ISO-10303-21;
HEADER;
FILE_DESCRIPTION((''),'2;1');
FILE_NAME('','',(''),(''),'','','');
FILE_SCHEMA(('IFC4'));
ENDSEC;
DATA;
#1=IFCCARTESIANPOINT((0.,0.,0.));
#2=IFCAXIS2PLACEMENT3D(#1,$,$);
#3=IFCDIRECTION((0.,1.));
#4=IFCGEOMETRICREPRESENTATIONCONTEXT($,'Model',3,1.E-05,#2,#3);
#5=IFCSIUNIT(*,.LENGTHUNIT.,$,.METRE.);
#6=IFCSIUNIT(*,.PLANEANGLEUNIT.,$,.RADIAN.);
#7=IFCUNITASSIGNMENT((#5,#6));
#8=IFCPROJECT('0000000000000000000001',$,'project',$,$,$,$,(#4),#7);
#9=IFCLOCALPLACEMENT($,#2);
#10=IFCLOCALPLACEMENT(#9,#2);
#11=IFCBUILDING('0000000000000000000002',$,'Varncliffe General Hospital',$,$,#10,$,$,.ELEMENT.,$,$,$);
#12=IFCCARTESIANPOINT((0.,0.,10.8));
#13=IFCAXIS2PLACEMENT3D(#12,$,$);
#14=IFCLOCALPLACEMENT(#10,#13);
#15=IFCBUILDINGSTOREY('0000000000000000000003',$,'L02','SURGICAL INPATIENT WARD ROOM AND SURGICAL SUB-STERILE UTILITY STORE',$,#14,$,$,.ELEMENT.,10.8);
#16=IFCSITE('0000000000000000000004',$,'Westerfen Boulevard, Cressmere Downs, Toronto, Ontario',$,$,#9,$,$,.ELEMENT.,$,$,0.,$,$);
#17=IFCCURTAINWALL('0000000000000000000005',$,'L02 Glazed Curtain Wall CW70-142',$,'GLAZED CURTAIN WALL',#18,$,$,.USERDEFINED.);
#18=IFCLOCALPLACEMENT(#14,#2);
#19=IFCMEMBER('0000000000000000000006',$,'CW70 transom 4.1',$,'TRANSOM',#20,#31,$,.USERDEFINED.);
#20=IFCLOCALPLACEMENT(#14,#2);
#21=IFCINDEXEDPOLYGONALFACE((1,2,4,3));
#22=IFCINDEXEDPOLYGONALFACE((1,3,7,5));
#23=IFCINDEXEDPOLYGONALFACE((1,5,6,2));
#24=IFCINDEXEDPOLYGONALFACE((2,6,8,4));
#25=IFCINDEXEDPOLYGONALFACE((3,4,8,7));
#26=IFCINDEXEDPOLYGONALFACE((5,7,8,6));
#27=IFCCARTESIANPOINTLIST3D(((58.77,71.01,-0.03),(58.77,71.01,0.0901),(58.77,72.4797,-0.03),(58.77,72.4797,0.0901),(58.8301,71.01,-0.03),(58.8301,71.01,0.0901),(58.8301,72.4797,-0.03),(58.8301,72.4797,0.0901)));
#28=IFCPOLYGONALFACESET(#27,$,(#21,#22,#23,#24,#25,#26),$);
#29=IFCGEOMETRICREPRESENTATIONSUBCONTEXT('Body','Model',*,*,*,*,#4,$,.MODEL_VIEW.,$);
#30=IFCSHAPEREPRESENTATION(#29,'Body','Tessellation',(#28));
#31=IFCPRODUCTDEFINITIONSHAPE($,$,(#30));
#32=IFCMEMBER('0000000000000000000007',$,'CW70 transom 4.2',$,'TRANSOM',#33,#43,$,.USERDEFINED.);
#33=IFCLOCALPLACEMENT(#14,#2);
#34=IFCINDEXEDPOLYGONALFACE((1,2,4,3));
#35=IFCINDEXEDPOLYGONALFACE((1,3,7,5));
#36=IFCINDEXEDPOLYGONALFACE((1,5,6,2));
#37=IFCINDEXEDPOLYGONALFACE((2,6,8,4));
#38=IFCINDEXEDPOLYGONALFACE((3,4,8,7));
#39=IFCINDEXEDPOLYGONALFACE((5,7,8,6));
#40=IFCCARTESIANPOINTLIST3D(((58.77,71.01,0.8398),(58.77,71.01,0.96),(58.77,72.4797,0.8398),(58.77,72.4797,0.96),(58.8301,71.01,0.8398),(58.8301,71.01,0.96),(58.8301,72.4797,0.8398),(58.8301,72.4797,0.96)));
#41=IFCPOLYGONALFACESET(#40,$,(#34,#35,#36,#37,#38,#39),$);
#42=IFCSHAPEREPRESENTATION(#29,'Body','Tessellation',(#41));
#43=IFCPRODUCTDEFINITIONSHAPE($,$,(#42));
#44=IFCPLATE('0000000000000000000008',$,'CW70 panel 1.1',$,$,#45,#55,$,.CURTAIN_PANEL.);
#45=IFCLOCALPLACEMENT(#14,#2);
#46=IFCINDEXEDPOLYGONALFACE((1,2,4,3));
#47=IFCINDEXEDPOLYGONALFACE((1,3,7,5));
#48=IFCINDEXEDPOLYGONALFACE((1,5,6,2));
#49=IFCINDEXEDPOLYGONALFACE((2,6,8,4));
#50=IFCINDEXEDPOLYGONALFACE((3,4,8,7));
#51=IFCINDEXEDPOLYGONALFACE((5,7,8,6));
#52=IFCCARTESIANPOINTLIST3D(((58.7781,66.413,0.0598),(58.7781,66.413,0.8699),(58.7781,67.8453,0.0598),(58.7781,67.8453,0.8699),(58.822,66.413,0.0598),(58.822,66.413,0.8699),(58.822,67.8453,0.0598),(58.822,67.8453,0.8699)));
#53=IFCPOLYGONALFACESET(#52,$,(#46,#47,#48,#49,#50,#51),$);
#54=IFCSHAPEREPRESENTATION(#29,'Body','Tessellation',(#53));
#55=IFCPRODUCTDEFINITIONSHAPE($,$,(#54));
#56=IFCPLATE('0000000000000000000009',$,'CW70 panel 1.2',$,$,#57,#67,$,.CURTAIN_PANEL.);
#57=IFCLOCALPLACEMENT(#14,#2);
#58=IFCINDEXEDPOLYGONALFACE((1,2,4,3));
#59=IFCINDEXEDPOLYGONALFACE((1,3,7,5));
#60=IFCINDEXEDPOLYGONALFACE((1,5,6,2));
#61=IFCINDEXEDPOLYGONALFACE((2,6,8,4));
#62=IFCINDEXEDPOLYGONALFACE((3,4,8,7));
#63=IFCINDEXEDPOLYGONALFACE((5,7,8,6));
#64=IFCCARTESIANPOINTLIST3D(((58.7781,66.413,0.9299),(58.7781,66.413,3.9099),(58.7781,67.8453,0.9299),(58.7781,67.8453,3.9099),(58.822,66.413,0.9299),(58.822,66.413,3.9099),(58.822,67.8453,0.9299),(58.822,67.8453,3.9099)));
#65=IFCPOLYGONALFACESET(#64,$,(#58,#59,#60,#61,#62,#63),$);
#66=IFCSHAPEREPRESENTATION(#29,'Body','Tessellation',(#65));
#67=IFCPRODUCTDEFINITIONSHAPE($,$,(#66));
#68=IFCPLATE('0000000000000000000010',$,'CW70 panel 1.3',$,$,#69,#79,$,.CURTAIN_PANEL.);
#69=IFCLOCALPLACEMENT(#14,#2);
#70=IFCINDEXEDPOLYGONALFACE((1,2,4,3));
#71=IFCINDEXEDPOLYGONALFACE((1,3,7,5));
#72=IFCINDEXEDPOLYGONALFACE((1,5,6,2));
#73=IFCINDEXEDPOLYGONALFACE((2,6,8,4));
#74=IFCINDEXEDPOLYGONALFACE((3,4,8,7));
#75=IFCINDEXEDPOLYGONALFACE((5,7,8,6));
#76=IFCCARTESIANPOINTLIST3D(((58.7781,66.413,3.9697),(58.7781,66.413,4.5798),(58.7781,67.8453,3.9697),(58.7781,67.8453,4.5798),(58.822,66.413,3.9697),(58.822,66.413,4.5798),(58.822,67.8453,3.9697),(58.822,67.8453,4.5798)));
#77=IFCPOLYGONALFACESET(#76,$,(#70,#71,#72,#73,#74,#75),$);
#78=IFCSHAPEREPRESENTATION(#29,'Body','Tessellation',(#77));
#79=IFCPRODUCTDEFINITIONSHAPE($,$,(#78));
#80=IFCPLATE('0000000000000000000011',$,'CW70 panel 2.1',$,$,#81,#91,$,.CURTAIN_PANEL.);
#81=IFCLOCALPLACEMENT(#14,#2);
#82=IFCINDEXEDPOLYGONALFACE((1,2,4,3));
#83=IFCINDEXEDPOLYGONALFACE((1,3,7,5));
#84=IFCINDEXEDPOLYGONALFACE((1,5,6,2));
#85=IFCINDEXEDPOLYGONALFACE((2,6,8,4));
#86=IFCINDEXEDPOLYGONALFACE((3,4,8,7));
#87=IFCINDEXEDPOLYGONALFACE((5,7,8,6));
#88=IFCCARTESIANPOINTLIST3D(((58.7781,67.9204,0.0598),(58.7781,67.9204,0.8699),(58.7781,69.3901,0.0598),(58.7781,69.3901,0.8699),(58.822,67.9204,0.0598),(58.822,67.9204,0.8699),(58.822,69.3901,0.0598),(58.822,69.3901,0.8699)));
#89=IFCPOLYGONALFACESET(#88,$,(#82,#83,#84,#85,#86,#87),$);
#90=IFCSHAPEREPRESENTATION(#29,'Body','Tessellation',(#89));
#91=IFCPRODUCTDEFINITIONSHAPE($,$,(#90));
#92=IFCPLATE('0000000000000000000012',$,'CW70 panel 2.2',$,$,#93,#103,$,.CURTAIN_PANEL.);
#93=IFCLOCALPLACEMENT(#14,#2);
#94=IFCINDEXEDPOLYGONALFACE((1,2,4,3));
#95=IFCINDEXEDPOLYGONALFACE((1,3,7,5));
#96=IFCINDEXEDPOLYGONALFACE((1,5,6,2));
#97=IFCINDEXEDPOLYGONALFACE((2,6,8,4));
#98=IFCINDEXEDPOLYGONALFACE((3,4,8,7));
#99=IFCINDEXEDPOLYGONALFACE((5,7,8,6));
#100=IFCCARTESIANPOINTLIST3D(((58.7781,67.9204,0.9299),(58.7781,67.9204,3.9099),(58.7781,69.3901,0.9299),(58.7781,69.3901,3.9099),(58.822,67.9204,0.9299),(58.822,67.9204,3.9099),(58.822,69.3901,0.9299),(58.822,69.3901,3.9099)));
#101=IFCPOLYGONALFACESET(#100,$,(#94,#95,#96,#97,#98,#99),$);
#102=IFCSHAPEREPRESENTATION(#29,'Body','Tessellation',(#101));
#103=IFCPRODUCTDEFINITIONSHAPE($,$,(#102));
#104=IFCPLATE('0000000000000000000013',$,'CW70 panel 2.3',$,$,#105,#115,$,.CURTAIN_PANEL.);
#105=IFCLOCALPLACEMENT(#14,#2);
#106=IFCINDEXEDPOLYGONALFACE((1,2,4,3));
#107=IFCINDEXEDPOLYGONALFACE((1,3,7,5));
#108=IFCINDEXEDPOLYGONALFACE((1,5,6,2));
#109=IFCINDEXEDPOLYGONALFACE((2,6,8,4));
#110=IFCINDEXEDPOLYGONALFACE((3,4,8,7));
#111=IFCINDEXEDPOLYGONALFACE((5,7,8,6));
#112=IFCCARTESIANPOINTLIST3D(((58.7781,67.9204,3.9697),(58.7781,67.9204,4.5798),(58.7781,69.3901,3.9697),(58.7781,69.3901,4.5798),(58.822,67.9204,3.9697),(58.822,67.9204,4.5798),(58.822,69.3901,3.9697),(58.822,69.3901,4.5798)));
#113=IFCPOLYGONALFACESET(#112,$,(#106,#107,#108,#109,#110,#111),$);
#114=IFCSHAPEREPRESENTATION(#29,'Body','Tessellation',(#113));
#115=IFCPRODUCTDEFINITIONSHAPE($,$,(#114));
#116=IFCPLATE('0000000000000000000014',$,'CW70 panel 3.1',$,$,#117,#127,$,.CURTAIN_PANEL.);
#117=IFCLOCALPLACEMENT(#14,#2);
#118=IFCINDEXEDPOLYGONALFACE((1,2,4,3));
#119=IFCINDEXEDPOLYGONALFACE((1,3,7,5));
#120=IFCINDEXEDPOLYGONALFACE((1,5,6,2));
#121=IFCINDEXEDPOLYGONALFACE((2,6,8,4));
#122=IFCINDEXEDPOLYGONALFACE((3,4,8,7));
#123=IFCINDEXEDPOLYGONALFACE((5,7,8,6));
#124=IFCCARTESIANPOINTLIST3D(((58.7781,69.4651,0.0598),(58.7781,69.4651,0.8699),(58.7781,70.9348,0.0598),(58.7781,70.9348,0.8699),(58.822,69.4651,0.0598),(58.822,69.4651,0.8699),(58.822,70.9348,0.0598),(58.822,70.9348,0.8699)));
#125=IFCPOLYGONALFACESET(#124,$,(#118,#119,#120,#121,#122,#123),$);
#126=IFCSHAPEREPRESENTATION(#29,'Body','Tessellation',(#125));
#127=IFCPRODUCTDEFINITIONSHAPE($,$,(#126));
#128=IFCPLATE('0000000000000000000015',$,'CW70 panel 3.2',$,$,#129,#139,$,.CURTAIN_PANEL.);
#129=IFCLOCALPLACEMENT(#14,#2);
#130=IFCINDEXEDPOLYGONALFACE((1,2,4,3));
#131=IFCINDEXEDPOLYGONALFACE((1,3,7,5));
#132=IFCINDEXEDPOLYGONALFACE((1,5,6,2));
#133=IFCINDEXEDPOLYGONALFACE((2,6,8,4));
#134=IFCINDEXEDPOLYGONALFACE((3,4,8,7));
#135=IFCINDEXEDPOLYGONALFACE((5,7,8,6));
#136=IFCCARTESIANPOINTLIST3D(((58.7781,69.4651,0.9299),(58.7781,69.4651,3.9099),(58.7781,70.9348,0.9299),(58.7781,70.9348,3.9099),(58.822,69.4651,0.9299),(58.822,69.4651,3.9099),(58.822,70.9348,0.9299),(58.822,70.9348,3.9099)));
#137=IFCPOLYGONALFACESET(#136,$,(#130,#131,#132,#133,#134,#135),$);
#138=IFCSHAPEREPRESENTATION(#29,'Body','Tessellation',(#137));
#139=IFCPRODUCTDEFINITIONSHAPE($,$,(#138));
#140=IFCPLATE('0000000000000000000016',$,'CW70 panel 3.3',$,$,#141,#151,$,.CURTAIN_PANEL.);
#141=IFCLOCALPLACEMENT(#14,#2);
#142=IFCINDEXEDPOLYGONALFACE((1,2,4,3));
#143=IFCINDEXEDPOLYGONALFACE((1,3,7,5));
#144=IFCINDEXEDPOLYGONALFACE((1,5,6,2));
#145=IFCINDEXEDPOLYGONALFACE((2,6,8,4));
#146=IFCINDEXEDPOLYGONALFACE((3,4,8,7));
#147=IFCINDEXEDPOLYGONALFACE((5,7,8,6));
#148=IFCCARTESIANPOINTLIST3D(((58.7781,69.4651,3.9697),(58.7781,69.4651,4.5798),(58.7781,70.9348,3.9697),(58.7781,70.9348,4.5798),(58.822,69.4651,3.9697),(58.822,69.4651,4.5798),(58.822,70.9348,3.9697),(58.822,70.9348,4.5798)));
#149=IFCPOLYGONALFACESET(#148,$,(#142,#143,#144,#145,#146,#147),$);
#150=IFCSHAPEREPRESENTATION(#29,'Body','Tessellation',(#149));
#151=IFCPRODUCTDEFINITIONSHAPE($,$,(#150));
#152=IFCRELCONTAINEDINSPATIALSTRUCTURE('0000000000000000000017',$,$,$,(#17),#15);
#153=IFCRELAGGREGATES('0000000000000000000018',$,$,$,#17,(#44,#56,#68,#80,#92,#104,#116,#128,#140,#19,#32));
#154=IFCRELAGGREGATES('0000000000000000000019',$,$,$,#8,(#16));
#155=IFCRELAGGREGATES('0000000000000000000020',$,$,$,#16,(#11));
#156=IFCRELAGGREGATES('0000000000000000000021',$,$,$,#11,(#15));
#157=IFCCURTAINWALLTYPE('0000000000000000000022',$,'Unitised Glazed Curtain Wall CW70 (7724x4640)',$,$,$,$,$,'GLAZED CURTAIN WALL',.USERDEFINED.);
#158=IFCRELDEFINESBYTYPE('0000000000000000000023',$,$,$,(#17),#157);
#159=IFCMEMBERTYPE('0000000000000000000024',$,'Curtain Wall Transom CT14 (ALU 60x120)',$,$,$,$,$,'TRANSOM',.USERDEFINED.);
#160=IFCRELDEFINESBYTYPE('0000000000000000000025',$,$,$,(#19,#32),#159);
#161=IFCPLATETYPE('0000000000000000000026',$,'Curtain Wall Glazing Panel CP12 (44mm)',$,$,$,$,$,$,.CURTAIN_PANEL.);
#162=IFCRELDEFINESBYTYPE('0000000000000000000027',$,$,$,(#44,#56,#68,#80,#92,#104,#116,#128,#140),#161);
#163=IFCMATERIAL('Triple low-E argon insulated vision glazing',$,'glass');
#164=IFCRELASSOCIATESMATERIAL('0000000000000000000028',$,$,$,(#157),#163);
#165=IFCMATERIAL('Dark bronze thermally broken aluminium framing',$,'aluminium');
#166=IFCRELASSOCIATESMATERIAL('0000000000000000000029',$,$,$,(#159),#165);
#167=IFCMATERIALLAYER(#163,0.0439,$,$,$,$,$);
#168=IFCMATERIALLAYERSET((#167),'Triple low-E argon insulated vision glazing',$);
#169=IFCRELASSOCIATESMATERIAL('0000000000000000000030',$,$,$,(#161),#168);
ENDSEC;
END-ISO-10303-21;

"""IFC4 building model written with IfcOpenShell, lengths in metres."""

from ifc_helpers import new_model, si_unit, direction, frame, origin, origin_2d, place, context, subcontext, project, spatial, rectangle, extrude, material, layer, layer_set, material_profile, profile_set, type_object, element, aggregate, save


model = new_model("IFC4")

# Units and contexts
model_context = context("Model", 3, precision=1e-05, world=origin(), true_north=direction((0.0, 1.0)))
body_context = subcontext(model_context, "Body", "Model", "MODEL_VIEW")
ifc_project = project(units=[si_unit("LENGTHUNIT", "METRE"), si_unit("PLANEANGLEUNIT", "RADIAN")], contexts=[model_context])

# Site, building, storey
site_placement = place(None, origin())
site = spatial("IfcSite", under=ifc_project, at=site_placement, Name="Westerfen Boulevard, Cressmere Downs, Toronto, Ontario", CompositionType="ELEMENT", RefElevation=0.0)
building_placement = place(site_placement, origin())
building = spatial("IfcBuilding", under=site, at=building_placement, Name="Varncliffe General Hospital", CompositionType="ELEMENT")
storey_placement = place(building_placement, frame((0.0, 0.0, 10.8)))
storey = spatial("IfcBuildingStorey", under=building, at=storey_placement, Name="L02", Description="SURGICAL INPATIENT WARD ROOM AND SURGICAL SUB-STERILE UTILITY STORE", CompositionType="ELEMENT", Elevation=10.8)

# Curtain wall, members, plates
ifc_material_1 = material(Name="Triple low-E argon insulated vision glazing", Category="glass")
curtain_wall_type = type_object("IfcCurtainWallType", Name="Unitised Glazed Curtain Wall CW70 (7724x4640)", ElementType="GLAZED CURTAIN WALL", PredefinedType="USERDEFINED", material=ifc_material_1)
curtain_wall_placement = place(storey_placement, origin())
curtain_wall = element("IfcCurtainWall", 1, at=curtain_wall_placement, inside=storey, type_object=curtain_wall_type, Name="L02 Glazed Curtain Wall CW70-142", ObjectType="GLAZED CURTAIN WALL", PredefinedType="USERDEFINED")
ifc_material_2 = material(Name="Dark bronze thermally broken aluminium framing", Category="aluminium")
ifc_material_profile_1 = material_profile(ifc_material_2, rectangle(XDim=0.0601, YDim=0.1201, at=origin_2d()), Name="ALU 60x120")
ifc_profile_set_1 = profile_set([ifc_material_profile_1], Name="Dark bronze thermally broken aluminium framing")
member_type_1 = type_object("IfcMemberType", Name="Curtain Wall Transom CT14 (ALU 60x120)", ElementType="TRANSOM", PredefinedType="USERDEFINED", material=ifc_profile_set_1)
member_1_placement = place(storey_placement, frame((58.8, 71.01, 0.03), z_axis=(0.0, 1.0, 0.0), x_axis=(-1.0, 0.0, 0.0)))
member_1 = element("IfcMember", 2, at=member_1_placement, type_object=member_type_1, Name="CW70 transom 4.1", ObjectType="TRANSOM", PredefinedType="USERDEFINED", context=body_context, shape_type="SweptSolid", body=[
    extrude(rectangle(XDim=0.0601, YDim=0.1201, at=origin_2d()), origin(), (0.0, 0.0, 1.0), 1.4697),
])
member_2_placement = place(storey_placement, frame((58.8, 71.01, 0.8999), z_axis=(0.0, 1.0, 0.0), x_axis=(-1.0, 0.0, 0.0)))
member_2 = element("IfcMember", 3, at=member_2_placement, type_object=member_type_1, Name="CW70 transom 4.2", ObjectType="TRANSOM", PredefinedType="USERDEFINED", context=body_context, shape_type="SweptSolid", body=[
    extrude(rectangle(XDim=0.0601, YDim=0.1201, at=origin_2d()), origin(), (0.0, 0.0, 1.0), 1.4697),
])
ifc_layer = layer(ifc_material_1, 0.0439)
ifc_layer_set = layer_set([ifc_layer], Name="Triple low-E argon insulated vision glazing")
plate_type = type_object("IfcPlateType", Name="Curtain Wall Glazing Panel CP12 (44mm)", PredefinedType="CURTAIN_PANEL", material=ifc_layer_set)
plate_1_placement = place(storey_placement, frame((58.8, 67.1292, 0.0598), z_axis=(0.0, 0.0, 1.0), x_axis=(0.0, 1.0, 0.0)))
plate_1 = element("IfcPlate", 4, at=plate_1_placement, type_object=plate_type, Name="CW70 panel 1.1", PredefinedType="CURTAIN_PANEL", context=body_context, shape_type="SweptSolid", body=[
    extrude(rectangle(XDim=1.4324, YDim=0.0439, at=origin_2d()), origin(), (0.0, 0.0, 1.0), 0.8101),
])
plate_2_placement = place(storey_placement, frame((58.8, 67.1292, 0.9299), z_axis=(0.0, 0.0, 1.0), x_axis=(0.0, 1.0, 0.0)))
plate_2 = element("IfcPlate", 5, at=plate_2_placement, type_object=plate_type, Name="CW70 panel 1.2", PredefinedType="CURTAIN_PANEL", context=body_context, shape_type="SweptSolid", body=[
    extrude(rectangle(XDim=1.4324, YDim=0.0439, at=origin_2d()), origin(), (0.0, 0.0, 1.0), 2.98),
])
plate_3_placement = place(storey_placement, frame((58.8, 67.1292, 3.9697), z_axis=(0.0, 0.0, 1.0), x_axis=(0.0, 1.0, 0.0)))
plate_3 = element("IfcPlate", 6, at=plate_3_placement, type_object=plate_type, Name="CW70 panel 1.3", PredefinedType="CURTAIN_PANEL", context=body_context, shape_type="SweptSolid", body=[
    extrude(rectangle(XDim=1.4324, YDim=0.0439, at=origin_2d()), origin(), (0.0, 0.0, 1.0), 0.6101),
])
plate_4_placement = place(storey_placement, frame((58.8, 68.6553, 0.0598), z_axis=(0.0, 0.0, 1.0), x_axis=(0.0, 1.0, 0.0)))
plate_4 = element("IfcPlate", 7, at=plate_4_placement, type_object=plate_type, Name="CW70 panel 2.1", PredefinedType="CURTAIN_PANEL", context=body_context, shape_type="SweptSolid", body=[
    extrude(rectangle(XDim=1.4697, YDim=0.0439, at=origin_2d()), origin(), (0.0, 0.0, 1.0), 0.8101),
])
plate_5_placement = place(storey_placement, frame((58.8, 68.6553, 0.9299), z_axis=(0.0, 0.0, 1.0), x_axis=(0.0, 1.0, 0.0)))
plate_5 = element("IfcPlate", 8, at=plate_5_placement, type_object=plate_type, Name="CW70 panel 2.2", PredefinedType="CURTAIN_PANEL", context=body_context, shape_type="SweptSolid", body=[
    extrude(rectangle(XDim=1.4697, YDim=0.0439, at=origin_2d()), origin(), (0.0, 0.0, 1.0), 2.98),
])
plate_6_placement = place(storey_placement, frame((58.8, 68.6553, 3.9697), z_axis=(0.0, 0.0, 1.0), x_axis=(0.0, 1.0, 0.0)))
plate_6 = element("IfcPlate", 9, at=plate_6_placement, type_object=plate_type, Name="CW70 panel 2.3", PredefinedType="CURTAIN_PANEL", context=body_context, shape_type="SweptSolid", body=[
    extrude(rectangle(XDim=1.4697, YDim=0.0439, at=origin_2d()), origin(), (0.0, 0.0, 1.0), 0.6101),
])
plate_7_placement = place(storey_placement, frame((58.8, 70.2, 0.0598), z_axis=(0.0, 0.0, 1.0), x_axis=(0.0, 1.0, 0.0)))
plate_7 = element("IfcPlate", 10, at=plate_7_placement, type_object=plate_type, Name="CW70 panel 3.1", PredefinedType="CURTAIN_PANEL", context=body_context, shape_type="SweptSolid", body=[
    extrude(rectangle(XDim=1.4697, YDim=0.0439, at=origin_2d()), origin(), (0.0, 0.0, 1.0), 0.8101),
])
plate_8_placement = place(storey_placement, frame((58.8, 70.2, 0.9299), z_axis=(0.0, 0.0, 1.0), x_axis=(0.0, 1.0, 0.0)))
plate_8 = element("IfcPlate", 11, at=plate_8_placement, type_object=plate_type, Name="CW70 panel 3.2", PredefinedType="CURTAIN_PANEL", context=body_context, shape_type="SweptSolid", body=[
    extrude(rectangle(XDim=1.4697, YDim=0.0439, at=origin_2d()), origin(), (0.0, 0.0, 1.0), 2.98),
])
plate_9_placement = place(storey_placement, frame((58.8, 70.2, 3.9697), z_axis=(0.0, 0.0, 1.0), x_axis=(0.0, 1.0, 0.0)))
plate_9 = element("IfcPlate", 12, at=plate_9_placement, type_object=plate_type, Name="CW70 panel 3.3", PredefinedType="CURTAIN_PANEL", context=body_context, shape_type="SweptSolid", body=[
    extrude(rectangle(XDim=1.4697, YDim=0.0439, at=origin_2d()), origin(), (0.0, 0.0, 1.0), 0.6101),
])
aggregate(curtain_wall, [plate_1, plate_2, plate_3, plate_4, plate_5, plate_6, plate_7, plate_8, plate_9, member_1, member_2])

save(model, "model.ifc")
